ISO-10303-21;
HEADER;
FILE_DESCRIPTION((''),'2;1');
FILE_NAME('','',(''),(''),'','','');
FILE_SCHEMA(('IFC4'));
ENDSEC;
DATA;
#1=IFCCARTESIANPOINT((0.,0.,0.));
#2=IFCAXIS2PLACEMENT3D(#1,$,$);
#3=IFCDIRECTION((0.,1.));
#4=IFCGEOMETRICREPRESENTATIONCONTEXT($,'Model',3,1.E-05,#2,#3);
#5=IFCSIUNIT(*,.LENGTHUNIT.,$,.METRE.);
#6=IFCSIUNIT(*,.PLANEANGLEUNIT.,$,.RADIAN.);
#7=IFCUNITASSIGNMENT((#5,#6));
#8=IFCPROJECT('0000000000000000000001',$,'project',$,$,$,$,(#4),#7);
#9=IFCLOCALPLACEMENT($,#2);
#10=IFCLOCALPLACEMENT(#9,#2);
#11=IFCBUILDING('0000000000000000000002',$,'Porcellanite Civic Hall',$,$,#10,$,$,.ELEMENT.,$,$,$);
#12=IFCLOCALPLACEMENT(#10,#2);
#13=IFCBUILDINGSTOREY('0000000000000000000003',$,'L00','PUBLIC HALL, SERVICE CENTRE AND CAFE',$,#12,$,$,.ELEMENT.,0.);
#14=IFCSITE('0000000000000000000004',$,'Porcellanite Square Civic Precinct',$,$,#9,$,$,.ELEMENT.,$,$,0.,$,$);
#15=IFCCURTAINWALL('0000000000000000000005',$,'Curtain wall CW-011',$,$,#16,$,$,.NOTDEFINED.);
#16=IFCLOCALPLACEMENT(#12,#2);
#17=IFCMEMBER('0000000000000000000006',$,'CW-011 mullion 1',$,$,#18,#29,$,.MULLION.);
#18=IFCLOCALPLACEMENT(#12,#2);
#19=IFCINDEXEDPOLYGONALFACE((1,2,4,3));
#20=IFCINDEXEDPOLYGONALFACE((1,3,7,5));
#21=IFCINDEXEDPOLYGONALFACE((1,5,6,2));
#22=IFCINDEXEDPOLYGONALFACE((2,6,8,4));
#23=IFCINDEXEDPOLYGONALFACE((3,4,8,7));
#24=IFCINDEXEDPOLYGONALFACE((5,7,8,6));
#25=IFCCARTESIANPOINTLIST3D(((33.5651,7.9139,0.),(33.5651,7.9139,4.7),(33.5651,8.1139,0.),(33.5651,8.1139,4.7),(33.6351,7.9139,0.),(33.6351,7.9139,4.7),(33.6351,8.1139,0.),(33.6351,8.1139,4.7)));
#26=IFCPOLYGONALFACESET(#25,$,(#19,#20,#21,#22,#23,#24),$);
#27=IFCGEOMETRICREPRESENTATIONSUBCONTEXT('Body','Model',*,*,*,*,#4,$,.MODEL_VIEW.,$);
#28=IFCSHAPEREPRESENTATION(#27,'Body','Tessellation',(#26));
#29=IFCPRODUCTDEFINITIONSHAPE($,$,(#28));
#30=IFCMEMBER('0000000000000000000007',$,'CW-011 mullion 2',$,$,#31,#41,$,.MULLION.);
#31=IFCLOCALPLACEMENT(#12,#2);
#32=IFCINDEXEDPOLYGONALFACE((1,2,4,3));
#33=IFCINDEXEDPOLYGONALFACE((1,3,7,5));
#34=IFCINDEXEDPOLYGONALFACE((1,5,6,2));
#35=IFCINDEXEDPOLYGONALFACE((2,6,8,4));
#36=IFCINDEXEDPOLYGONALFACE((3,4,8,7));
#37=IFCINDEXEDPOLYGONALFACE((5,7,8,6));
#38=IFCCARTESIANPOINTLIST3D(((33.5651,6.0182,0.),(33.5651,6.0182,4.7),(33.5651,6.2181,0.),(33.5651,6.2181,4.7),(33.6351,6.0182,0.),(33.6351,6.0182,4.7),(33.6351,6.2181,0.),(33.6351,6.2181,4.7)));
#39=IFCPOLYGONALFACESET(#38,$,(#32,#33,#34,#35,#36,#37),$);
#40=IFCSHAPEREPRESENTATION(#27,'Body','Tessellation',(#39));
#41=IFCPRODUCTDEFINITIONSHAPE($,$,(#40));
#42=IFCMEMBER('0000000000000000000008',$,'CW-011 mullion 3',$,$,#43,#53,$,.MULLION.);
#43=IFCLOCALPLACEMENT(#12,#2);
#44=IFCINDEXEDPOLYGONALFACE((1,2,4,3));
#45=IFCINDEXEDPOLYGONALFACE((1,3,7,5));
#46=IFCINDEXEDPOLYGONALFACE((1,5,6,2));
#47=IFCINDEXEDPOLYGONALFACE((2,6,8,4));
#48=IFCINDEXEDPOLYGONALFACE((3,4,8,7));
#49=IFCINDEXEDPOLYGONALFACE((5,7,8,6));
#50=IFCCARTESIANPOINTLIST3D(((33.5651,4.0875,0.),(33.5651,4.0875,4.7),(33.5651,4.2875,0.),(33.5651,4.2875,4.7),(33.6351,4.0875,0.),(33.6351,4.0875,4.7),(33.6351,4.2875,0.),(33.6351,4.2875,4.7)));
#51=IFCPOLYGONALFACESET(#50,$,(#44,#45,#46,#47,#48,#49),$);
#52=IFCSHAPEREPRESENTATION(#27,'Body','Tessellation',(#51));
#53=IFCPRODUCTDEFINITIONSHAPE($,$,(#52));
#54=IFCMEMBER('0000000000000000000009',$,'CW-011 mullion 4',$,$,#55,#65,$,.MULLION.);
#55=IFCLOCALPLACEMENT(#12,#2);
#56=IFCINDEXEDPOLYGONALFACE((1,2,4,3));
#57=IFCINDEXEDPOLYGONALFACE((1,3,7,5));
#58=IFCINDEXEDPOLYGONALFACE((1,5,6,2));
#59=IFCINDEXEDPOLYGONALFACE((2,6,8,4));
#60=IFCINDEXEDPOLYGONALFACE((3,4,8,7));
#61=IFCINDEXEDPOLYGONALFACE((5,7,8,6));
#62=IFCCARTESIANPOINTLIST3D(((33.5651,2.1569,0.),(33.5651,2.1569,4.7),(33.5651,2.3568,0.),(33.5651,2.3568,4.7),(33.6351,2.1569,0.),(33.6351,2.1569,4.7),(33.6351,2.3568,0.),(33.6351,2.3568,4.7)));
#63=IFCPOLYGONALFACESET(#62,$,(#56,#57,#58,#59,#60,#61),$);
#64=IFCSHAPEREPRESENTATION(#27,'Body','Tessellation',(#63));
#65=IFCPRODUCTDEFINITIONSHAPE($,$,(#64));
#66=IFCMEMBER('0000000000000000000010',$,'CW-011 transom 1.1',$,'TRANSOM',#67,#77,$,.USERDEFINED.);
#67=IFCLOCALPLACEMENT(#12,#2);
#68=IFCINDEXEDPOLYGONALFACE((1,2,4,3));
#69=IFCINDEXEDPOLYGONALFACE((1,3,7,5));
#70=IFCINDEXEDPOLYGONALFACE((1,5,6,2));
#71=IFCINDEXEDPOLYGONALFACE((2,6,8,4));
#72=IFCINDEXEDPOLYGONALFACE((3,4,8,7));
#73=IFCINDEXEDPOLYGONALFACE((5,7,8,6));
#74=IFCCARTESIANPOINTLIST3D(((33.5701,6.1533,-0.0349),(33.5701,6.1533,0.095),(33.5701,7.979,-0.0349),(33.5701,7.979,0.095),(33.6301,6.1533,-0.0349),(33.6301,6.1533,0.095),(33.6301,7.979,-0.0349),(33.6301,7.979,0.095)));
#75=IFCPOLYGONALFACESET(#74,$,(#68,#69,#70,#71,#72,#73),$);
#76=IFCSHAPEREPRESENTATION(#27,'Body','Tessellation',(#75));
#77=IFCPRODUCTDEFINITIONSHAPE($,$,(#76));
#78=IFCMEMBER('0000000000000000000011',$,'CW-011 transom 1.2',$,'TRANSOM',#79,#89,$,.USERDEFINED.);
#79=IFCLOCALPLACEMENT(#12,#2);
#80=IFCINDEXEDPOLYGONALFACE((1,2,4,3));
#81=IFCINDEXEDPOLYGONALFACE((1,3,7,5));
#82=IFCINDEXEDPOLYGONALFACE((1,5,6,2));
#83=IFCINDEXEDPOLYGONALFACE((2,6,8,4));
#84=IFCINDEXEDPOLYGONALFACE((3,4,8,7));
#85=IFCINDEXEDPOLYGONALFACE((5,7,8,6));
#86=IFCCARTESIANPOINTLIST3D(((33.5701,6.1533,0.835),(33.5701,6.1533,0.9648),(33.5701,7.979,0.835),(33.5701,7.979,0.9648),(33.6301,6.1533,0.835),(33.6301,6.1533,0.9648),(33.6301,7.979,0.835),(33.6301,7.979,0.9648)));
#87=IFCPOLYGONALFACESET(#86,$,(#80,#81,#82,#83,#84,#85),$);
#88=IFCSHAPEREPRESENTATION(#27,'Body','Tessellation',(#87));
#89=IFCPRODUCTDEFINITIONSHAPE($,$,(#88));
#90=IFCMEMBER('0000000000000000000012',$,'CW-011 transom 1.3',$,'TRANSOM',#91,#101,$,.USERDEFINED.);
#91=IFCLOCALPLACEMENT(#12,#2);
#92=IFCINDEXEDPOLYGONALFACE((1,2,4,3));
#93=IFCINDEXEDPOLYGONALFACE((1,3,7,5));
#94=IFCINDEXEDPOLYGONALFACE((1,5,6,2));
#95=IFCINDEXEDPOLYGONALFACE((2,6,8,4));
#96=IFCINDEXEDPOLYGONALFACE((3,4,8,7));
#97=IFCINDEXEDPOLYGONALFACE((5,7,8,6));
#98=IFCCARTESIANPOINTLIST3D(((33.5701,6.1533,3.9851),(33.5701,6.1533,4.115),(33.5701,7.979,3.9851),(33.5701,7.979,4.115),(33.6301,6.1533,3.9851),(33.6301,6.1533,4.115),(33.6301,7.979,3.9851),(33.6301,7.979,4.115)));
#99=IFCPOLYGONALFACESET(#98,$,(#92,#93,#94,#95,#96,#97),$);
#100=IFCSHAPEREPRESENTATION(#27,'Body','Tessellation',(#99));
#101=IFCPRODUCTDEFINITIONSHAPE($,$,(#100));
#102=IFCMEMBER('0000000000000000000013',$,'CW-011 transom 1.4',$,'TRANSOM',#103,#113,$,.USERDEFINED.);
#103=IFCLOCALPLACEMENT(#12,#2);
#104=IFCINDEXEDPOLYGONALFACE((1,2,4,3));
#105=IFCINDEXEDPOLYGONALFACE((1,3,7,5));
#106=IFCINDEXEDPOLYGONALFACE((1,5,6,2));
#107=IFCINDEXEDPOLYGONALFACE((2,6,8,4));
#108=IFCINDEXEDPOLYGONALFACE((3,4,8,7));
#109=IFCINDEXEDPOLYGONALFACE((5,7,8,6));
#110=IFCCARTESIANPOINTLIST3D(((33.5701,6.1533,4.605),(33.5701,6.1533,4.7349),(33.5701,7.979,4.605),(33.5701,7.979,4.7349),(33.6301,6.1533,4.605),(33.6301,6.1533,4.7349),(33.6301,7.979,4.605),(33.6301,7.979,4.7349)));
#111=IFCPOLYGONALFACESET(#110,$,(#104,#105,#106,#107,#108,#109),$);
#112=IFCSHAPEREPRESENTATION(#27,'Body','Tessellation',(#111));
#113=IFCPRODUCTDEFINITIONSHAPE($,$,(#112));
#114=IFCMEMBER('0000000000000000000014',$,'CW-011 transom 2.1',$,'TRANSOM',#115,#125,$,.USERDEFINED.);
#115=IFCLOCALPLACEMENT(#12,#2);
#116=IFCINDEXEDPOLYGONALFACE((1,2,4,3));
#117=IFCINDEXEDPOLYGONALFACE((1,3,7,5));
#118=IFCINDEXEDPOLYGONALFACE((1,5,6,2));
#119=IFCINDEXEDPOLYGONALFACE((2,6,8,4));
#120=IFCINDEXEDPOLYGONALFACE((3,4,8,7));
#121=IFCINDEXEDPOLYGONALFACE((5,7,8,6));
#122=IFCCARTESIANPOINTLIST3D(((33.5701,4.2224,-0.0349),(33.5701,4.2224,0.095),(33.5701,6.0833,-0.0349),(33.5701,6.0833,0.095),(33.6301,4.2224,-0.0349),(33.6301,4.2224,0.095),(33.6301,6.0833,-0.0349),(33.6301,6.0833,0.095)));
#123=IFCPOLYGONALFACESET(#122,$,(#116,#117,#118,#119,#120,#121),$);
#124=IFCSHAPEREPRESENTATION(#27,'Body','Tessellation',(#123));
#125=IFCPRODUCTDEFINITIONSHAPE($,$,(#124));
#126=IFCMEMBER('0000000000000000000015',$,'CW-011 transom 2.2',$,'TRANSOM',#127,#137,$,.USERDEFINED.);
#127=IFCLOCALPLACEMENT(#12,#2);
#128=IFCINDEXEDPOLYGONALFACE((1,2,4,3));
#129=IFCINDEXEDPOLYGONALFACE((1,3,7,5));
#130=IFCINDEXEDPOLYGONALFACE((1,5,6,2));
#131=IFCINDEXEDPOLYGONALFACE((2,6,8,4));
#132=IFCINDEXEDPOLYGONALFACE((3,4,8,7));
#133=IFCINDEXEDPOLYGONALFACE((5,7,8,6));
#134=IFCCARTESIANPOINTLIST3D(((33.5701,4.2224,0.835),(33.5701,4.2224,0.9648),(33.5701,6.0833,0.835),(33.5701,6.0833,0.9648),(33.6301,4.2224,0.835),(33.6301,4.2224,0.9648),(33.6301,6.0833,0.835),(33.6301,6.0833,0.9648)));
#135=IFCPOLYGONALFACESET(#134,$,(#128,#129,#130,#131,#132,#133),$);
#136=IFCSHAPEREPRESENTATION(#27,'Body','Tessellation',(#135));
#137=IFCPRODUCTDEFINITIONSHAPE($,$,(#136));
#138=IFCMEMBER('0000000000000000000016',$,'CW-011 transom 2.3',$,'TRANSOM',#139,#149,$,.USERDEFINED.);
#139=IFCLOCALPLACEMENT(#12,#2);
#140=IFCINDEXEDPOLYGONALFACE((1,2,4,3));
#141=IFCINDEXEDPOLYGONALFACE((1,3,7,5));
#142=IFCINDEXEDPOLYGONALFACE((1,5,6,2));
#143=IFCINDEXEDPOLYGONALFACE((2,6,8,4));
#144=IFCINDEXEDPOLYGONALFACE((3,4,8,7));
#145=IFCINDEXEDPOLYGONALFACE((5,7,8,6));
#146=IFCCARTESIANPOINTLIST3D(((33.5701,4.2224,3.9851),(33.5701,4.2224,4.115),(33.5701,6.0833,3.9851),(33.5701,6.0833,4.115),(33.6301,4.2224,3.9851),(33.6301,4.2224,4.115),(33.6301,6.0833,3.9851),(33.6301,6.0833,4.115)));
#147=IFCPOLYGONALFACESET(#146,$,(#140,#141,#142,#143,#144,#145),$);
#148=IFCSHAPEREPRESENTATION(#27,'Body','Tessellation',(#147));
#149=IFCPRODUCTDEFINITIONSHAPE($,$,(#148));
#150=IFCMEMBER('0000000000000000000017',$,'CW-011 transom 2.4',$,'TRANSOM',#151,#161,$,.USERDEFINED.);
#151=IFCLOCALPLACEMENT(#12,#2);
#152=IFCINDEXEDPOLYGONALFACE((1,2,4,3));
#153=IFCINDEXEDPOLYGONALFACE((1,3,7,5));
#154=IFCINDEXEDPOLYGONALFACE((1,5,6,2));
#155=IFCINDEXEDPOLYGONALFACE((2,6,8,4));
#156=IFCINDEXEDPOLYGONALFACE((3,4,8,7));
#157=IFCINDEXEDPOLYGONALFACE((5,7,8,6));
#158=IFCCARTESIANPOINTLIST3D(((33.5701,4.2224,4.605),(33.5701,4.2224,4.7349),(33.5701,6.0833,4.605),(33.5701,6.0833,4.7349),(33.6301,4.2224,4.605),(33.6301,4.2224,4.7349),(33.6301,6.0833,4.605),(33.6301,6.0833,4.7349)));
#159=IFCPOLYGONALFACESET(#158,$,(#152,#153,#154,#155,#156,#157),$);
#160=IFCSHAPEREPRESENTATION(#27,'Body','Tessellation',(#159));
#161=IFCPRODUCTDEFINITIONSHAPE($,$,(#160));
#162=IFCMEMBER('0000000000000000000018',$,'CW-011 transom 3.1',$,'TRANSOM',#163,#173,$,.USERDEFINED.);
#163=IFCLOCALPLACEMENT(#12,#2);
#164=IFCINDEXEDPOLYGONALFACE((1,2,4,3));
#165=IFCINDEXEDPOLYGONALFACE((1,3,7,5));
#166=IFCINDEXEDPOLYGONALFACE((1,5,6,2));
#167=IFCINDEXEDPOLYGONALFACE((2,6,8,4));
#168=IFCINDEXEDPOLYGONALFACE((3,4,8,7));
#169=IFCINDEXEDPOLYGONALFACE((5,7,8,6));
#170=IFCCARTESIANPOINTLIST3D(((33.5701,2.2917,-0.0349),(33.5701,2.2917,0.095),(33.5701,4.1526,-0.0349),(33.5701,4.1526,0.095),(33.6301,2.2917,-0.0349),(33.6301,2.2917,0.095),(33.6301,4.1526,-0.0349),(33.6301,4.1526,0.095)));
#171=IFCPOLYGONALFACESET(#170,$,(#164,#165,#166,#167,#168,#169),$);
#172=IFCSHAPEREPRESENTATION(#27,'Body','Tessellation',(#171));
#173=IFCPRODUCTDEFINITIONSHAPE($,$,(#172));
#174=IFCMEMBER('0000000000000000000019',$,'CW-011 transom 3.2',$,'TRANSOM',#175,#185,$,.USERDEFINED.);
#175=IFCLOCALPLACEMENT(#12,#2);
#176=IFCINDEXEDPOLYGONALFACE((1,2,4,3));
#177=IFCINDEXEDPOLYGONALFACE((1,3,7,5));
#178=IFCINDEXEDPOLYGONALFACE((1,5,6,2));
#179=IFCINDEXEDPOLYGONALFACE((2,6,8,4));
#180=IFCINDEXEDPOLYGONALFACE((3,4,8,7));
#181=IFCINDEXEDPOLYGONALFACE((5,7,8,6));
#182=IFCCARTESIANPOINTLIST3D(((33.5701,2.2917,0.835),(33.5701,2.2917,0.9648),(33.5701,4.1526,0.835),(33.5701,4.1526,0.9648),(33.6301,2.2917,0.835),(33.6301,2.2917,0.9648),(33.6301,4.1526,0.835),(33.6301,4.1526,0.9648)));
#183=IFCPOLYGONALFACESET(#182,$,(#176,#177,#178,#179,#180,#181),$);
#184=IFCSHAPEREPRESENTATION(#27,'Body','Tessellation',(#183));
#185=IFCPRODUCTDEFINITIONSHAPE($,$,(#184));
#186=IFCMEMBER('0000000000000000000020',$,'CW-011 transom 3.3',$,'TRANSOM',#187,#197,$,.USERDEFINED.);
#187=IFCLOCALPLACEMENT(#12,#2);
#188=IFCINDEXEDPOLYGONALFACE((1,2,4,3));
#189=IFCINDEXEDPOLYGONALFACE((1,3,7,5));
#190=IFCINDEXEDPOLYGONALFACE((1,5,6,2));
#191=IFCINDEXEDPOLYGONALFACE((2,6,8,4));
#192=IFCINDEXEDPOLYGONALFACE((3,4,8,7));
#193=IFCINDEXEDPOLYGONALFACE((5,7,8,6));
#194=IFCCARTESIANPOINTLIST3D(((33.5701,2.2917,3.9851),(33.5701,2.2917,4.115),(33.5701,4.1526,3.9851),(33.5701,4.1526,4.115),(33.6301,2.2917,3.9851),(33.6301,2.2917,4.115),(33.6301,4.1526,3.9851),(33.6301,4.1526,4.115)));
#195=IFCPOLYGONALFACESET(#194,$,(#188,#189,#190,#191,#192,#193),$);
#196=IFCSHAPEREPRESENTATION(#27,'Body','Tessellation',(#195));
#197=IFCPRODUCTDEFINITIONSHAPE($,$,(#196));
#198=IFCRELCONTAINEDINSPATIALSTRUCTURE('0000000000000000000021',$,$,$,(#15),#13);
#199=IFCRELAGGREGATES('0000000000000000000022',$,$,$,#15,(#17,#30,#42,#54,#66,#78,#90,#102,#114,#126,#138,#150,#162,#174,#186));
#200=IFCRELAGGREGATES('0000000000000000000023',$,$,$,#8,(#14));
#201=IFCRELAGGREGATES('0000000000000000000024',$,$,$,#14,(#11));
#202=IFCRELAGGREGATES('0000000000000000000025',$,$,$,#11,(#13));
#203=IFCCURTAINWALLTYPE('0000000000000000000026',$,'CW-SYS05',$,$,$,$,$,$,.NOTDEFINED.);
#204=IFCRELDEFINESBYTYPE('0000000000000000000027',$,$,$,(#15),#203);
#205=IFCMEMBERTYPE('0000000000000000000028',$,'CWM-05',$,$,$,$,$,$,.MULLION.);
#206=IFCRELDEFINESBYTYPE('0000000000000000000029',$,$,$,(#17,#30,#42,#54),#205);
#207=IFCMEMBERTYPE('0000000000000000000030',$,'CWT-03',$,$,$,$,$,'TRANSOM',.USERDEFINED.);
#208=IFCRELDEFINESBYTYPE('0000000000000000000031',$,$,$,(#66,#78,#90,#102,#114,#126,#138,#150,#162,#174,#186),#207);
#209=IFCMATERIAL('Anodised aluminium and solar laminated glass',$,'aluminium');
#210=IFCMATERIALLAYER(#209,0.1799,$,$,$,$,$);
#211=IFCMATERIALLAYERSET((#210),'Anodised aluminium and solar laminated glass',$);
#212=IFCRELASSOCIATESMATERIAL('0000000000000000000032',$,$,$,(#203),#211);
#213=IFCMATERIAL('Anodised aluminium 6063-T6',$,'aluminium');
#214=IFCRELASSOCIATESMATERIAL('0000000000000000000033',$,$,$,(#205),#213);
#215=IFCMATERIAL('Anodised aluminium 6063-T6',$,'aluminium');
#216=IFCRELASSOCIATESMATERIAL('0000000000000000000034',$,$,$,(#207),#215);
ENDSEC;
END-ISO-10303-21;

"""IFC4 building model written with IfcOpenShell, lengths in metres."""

from ifc_helpers import new_model, si_unit, direction, frame, origin, origin_2d, place, context, subcontext, project, spatial, rectangle, extrude, material, layer, layer_set, material_profile, profile_set, type_object, element, aggregate, save


model = new_model("IFC4")

# Units and contexts
model_context = context("Model", 3, precision=1e-05, world=origin(), true_north=direction((0.0, 1.0)))
body_context = subcontext(model_context, "Body", "Model", "MODEL_VIEW")
ifc_project = project(units=[si_unit("LENGTHUNIT", "METRE"), si_unit("PLANEANGLEUNIT", "RADIAN")], contexts=[model_context])

# Site, building, storey
site_placement = place(None, origin())
site = spatial("IfcSite", under=ifc_project, at=site_placement, Name="Porcellanite Square Civic Precinct", CompositionType="ELEMENT", RefElevation=0.0)
building_placement = place(site_placement, origin())
building = spatial("IfcBuilding", under=site, at=building_placement, Name="Porcellanite Civic Hall", CompositionType="ELEMENT")
storey_placement = place(building_placement, origin())
storey = spatial("IfcBuildingStorey", under=building, at=storey_placement, Name="L00", Description="PUBLIC HALL, SERVICE CENTRE AND CAFE", CompositionType="ELEMENT", Elevation=0.0)

# Curtain wall, members
ifc_material_1 = material(Name="Anodised aluminium and solar laminated glass", Category="aluminium")
ifc_layer_1 = layer(ifc_material_1, 0.1799)
ifc_layer_set_1 = layer_set([ifc_layer_1], Name="Anodised aluminium and solar laminated glass")
curtain_wall_type = type_object("IfcCurtainWallType", Name="CW-SYS05", PredefinedType="NOTDEFINED", material=ifc_layer_set_1)
curtain_wall_placement = place(storey_placement, origin())
curtain_wall = element("IfcCurtainWall", 1, at=curtain_wall_placement, inside=storey, type_object=curtain_wall_type, Name="Curtain wall CW-011", PredefinedType="NOTDEFINED")
ifc_material_2 = material(Name="Anodised aluminium 6063-T6", Category="aluminium")
ifc_material_profile_1 = material_profile(ifc_material_2, rectangle(XDim=0.0701, YDim=0.2, at=origin_2d()), Name="AL-70x200")
ifc_profile_set_1 = profile_set([ifc_material_profile_1], Name="Anodised aluminium 6063-T6")
member_type_1 = type_object("IfcMemberType", Name="CWM-05", PredefinedType="MULLION", material=ifc_profile_set_1)
member_1_placement = place(storey_placement, frame((33.6001, 8.0139, 0.0), z_axis=(0.0, 0.0, 1.0), x_axis=(1.0, 0.0, 0.0)))
member_1 = element("IfcMember", 2, at=member_1_placement, type_object=member_type_1, Name="CW-011 mullion 1", PredefinedType="MULLION", context=body_context, shape_type="SweptSolid", body=[
    extrude(rectangle(XDim=0.0701, YDim=0.2, at=origin_2d()), origin(), (0.0, 0.0, 1.0), 4.7),
])
member_2_placement = place(storey_placement, frame((33.6001, 6.1182, 0.0), z_axis=(0.0, 0.0, 1.0), x_axis=(1.0, 0.0, 0.0)))
member_2 = element("IfcMember", 3, at=member_2_placement, type_object=member_type_1, Name="CW-011 mullion 2", PredefinedType="MULLION", context=body_context, shape_type="SweptSolid", body=[
    extrude(rectangle(XDim=0.0701, YDim=0.2, at=origin_2d()), origin(), (0.0, 0.0, 1.0), 4.7),
])
member_3_placement = place(storey_placement, frame((33.6001, 4.1875, 0.0), z_axis=(0.0, 0.0, 1.0), x_axis=(1.0, 0.0, 0.0)))
member_3 = element("IfcMember", 4, at=member_3_placement, type_object=member_type_1, Name="CW-011 mullion 3", PredefinedType="MULLION", context=body_context, shape_type="SweptSolid", body=[
    extrude(rectangle(XDim=0.0701, YDim=0.2, at=origin_2d()), origin(), (0.0, 0.0, 1.0), 4.7),
])
member_4_placement = place(storey_placement, frame((33.6001, 2.2568, 0.0), z_axis=(0.0, 0.0, 1.0), x_axis=(1.0, 0.0, 0.0)))
member_4 = element("IfcMember", 5, at=member_4_placement, type_object=member_type_1, Name="CW-011 mullion 4", PredefinedType="MULLION", context=body_context, shape_type="SweptSolid", body=[
    extrude(rectangle(XDim=0.0701, YDim=0.2, at=origin_2d()), origin(), (0.0, 0.0, 1.0), 4.7),
])
ifc_material_3 = material(Name="Anodised aluminium 6063-T6", Category="aluminium")
ifc_material_profile_2 = material_profile(ifc_material_3, rectangle(XDim=0.0601, YDim=0.1299, at=origin_2d()), Name="AL-60x130")
ifc_profile_set_2 = profile_set([ifc_material_profile_2], Name="Anodised aluminium 6063-T6")
member_type_2 = type_object("IfcMemberType", Name="CWT-03", ElementType="TRANSOM", PredefinedType="USERDEFINED", material=ifc_profile_set_2)
member_5_placement = place(storey_placement, frame((33.6001, 7.979, 0.03), z_axis=(0.0, -1.0, 0.0), x_axis=(1.0, 0.0, 0.0)))
member_5 = element("IfcMember", 6, at=member_5_placement, type_object=member_type_2, Name="CW-011 transom 1.1", ObjectType="TRANSOM", PredefinedType="USERDEFINED", context=body_context, shape_type="SweptSolid", body=[
    extrude(rectangle(XDim=0.0601, YDim=0.1299, at=origin_2d()), origin(), (0.0, 0.0, 1.0), 1.8257),
])
member_6_placement = place(storey_placement, frame((33.6001, 7.979, 0.8999), z_axis=(0.0, -1.0, 0.0), x_axis=(1.0, 0.0, 0.0)))
member_6 = element("IfcMember", 7, at=member_6_placement, type_object=member_type_2, Name="CW-011 transom 1.2", ObjectType="TRANSOM", PredefinedType="USERDEFINED", context=body_context, shape_type="SweptSolid", body=[
    extrude(rectangle(XDim=0.0601, YDim=0.1299, at=origin_2d()), origin(), (0.0, 0.0, 1.0), 1.8257),
])
member_7_placement = place(storey_placement, frame((33.6001, 7.979, 4.05), z_axis=(0.0, -1.0, 0.0), x_axis=(1.0, 0.0, 0.0)))
member_7 = element("IfcMember", 8, at=member_7_placement, type_object=member_type_2, Name="CW-011 transom 1.3", ObjectType="TRANSOM", PredefinedType="USERDEFINED", context=body_context, shape_type="SweptSolid", body=[
    extrude(rectangle(XDim=0.0601, YDim=0.1299, at=origin_2d()), origin(), (0.0, 0.0, 1.0), 1.8257),
])
member_8_placement = place(storey_placement, frame((33.6001, 7.979, 4.6699), z_axis=(0.0, -1.0, 0.0), x_axis=(1.0, 0.0, 0.0)))
member_8 = element("IfcMember", 9, at=member_8_placement, type_object=member_type_2, Name="CW-011 transom 1.4", ObjectType="TRANSOM", PredefinedType="USERDEFINED", context=body_context, shape_type="SweptSolid", body=[
    extrude(rectangle(XDim=0.0601, YDim=0.1299, at=origin_2d()), origin(), (0.0, 0.0, 1.0), 1.8257),
])
member_9_placement = place(storey_placement, frame((33.6001, 6.0833, 0.03), z_axis=(0.0, -1.0, 0.0), x_axis=(1.0, 0.0, 0.0)))
member_9 = element("IfcMember", 10, at=member_9_placement, type_object=member_type_2, Name="CW-011 transom 2.1", ObjectType="TRANSOM", PredefinedType="USERDEFINED", context=body_context, shape_type="SweptSolid", body=[
    extrude(rectangle(XDim=0.0601, YDim=0.1299, at=origin_2d()), origin(), (0.0, 0.0, 1.0), 1.8608),
])
member_10_placement = place(storey_placement, frame((33.6001, 6.0833, 0.8999), z_axis=(0.0, -1.0, 0.0), x_axis=(1.0, 0.0, 0.0)))
member_10 = element("IfcMember", 11, at=member_10_placement, type_object=member_type_2, Name="CW-011 transom 2.2", ObjectType="TRANSOM", PredefinedType="USERDEFINED", context=body_context, shape_type="SweptSolid", body=[
    extrude(rectangle(XDim=0.0601, YDim=0.1299, at=origin_2d()), origin(), (0.0, 0.0, 1.0), 1.8608),
])
member_11_placement = place(storey_placement, frame((33.6001, 6.0833, 4.05), z_axis=(0.0, -1.0, 0.0), x_axis=(1.0, 0.0, 0.0)))
member_11 = element("IfcMember", 12, at=member_11_placement, type_object=member_type_2, Name="CW-011 transom 2.3", ObjectType="TRANSOM", PredefinedType="USERDEFINED", context=body_context, shape_type="SweptSolid", body=[
    extrude(rectangle(XDim=0.0601, YDim=0.1299, at=origin_2d()), origin(), (0.0, 0.0, 1.0), 1.8608),
])
member_12_placement = place(storey_placement, frame((33.6001, 6.0833, 4.6699), z_axis=(0.0, -1.0, 0.0), x_axis=(1.0, 0.0, 0.0)))
member_12 = element("IfcMember", 13, at=member_12_placement, type_object=member_type_2, Name="CW-011 transom 2.4", ObjectType="TRANSOM", PredefinedType="USERDEFINED", context=body_context, shape_type="SweptSolid", body=[
    extrude(rectangle(XDim=0.0601, YDim=0.1299, at=origin_2d()), origin(), (0.0, 0.0, 1.0), 1.8608),
])
member_13_placement = place(storey_placement, frame((33.6001, 4.1526, 0.03), z_axis=(0.0, -1.0, 0.0), x_axis=(1.0, 0.0, 0.0)))
member_13 = element("IfcMember", 14, at=member_13_placement, type_object=member_type_2, Name="CW-011 transom 3.1", ObjectType="TRANSOM", PredefinedType="USERDEFINED", context=body_context, shape_type="SweptSolid", body=[
    extrude(rectangle(XDim=0.0601, YDim=0.1299, at=origin_2d()), origin(), (0.0, 0.0, 1.0), 1.8608),
])
member_14_placement = place(storey_placement, frame((33.6001, 4.1526, 0.8999), z_axis=(0.0, -1.0, 0.0), x_axis=(1.0, 0.0, 0.0)))
member_14 = element("IfcMember", 15, at=member_14_placement, type_object=member_type_2, Name="CW-011 transom 3.2", ObjectType="TRANSOM", PredefinedType="USERDEFINED", context=body_context, shape_type="SweptSolid", body=[
    extrude(rectangle(XDim=0.0601, YDim=0.1299, at=origin_2d()), origin(), (0.0, 0.0, 1.0), 1.8608),
])
member_15_placement = place(storey_placement, frame((33.6001, 4.1526, 4.05), z_axis=(0.0, -1.0, 0.0), x_axis=(1.0, 0.0, 0.0)))
member_15 = element("IfcMember", 16, at=member_15_placement, type_object=member_type_2, Name="CW-011 transom 3.3", ObjectType="TRANSOM", PredefinedType="USERDEFINED", context=body_context, shape_type="SweptSolid", body=[
    extrude(rectangle(XDim=0.0601, YDim=0.1299, at=origin_2d()), origin(), (0.0, 0.0, 1.0), 1.8608),
])
aggregate(curtain_wall, [member_1, member_2, member_3, member_4, member_5, member_6, member_7, member_8, member_9, member_10, member_11, member_12, member_13, member_14, member_15])

save(model, "model.ifc")
